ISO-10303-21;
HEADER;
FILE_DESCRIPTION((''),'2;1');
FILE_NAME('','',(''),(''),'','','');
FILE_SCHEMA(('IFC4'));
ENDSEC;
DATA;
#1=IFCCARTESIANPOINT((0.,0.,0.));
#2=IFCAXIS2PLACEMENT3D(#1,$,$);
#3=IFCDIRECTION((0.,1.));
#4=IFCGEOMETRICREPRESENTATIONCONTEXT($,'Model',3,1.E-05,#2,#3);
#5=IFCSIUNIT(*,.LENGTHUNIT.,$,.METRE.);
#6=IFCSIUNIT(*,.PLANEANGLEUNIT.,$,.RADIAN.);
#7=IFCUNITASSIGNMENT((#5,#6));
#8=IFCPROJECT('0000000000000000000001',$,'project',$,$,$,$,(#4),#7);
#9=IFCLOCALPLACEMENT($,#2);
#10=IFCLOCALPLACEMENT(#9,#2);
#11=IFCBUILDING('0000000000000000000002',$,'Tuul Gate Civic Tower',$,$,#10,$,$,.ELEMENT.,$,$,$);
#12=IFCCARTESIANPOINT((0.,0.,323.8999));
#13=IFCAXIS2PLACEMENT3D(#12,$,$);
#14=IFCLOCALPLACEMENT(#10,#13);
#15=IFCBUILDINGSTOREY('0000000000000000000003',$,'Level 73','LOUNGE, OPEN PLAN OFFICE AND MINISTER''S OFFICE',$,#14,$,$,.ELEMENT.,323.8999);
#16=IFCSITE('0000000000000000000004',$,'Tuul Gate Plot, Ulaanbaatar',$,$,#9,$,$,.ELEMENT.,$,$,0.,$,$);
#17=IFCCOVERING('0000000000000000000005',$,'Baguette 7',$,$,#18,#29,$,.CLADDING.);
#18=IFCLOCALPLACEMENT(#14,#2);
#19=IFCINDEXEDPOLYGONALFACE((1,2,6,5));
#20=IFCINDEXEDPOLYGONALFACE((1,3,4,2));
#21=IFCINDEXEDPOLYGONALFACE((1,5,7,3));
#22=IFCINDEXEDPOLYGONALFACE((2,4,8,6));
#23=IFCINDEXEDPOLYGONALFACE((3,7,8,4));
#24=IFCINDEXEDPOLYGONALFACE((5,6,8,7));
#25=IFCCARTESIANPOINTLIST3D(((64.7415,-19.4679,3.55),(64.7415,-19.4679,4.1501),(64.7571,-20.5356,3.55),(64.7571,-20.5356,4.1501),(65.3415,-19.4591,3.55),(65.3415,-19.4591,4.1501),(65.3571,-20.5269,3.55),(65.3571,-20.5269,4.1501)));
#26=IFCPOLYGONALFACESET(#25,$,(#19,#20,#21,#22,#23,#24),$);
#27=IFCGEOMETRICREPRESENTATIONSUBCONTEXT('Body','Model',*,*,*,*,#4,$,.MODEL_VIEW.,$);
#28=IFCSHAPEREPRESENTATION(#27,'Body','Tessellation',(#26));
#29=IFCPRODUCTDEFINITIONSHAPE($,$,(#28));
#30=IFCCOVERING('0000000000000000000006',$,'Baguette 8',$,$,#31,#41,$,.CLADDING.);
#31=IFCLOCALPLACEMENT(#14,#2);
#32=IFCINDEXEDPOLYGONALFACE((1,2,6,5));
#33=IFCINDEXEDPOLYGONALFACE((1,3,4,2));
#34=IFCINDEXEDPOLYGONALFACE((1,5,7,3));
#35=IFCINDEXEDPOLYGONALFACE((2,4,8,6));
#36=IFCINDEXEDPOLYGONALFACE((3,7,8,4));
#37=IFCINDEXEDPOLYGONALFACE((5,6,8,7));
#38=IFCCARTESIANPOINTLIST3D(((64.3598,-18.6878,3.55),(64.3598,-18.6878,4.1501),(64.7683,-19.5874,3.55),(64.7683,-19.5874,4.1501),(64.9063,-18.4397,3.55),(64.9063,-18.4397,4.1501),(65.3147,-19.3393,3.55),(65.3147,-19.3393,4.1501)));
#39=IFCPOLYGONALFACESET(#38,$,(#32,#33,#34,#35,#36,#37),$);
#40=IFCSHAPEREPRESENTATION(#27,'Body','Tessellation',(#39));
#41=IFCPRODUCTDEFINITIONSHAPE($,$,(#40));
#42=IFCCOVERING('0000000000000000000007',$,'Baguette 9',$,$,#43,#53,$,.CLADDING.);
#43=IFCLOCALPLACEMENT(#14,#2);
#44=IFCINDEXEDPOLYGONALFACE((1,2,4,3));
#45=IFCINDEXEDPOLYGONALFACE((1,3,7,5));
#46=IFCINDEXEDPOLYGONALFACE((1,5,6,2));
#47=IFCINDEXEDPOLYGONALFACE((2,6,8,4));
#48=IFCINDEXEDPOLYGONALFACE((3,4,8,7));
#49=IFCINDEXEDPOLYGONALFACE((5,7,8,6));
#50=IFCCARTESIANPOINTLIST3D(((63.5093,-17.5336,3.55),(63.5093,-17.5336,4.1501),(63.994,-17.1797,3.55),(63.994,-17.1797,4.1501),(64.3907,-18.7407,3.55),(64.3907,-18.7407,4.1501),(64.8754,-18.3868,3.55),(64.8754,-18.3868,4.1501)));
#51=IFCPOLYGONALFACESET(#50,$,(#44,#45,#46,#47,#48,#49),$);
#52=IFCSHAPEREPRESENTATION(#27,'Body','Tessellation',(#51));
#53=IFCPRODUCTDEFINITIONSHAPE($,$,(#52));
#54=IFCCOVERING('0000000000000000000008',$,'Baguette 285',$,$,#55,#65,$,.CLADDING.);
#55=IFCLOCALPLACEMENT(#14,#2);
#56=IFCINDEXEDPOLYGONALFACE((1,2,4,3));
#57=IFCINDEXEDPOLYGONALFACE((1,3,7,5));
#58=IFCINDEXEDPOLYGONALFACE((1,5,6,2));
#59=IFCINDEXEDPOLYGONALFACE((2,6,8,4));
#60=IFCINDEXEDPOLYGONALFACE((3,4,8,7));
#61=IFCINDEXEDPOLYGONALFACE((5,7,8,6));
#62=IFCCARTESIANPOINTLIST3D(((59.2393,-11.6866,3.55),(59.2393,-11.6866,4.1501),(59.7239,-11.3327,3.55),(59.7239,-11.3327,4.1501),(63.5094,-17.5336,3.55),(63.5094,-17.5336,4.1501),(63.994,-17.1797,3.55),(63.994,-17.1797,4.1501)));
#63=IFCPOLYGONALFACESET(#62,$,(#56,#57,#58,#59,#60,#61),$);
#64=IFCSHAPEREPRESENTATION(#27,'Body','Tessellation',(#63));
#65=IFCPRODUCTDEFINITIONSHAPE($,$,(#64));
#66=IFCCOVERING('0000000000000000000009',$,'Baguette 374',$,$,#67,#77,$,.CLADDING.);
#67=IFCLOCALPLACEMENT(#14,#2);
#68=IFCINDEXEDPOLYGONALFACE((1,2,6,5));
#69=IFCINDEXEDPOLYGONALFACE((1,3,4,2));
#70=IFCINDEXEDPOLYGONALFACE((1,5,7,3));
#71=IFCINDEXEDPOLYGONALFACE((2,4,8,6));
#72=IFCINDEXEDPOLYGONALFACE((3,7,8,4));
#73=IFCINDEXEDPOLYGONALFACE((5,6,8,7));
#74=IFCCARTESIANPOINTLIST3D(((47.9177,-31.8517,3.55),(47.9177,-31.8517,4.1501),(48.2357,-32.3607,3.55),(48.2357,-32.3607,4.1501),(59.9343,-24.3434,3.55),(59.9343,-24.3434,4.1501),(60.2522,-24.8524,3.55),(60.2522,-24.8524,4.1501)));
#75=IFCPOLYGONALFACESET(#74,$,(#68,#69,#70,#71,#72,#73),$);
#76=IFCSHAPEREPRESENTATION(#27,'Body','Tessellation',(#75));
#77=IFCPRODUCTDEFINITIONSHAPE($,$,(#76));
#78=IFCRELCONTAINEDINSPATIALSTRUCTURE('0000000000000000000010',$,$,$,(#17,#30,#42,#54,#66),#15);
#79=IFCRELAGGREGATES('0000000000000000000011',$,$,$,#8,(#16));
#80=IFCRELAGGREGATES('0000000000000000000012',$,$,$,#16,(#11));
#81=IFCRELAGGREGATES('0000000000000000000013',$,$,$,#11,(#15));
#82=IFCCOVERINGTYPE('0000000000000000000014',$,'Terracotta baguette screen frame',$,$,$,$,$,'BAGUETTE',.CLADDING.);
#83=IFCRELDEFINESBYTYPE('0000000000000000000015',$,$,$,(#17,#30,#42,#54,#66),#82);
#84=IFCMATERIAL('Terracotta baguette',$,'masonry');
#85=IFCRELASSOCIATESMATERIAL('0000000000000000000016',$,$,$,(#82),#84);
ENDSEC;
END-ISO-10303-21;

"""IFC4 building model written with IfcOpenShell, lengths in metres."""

from ifc_helpers import new_model, si_unit, direction, frame, origin, origin_2d, place, context, subcontext, project, spatial, rectangle, extrude, material, material_profile, profile_set, type_object, element, save


model = new_model("IFC4")

# Units and contexts
model_context = context("Model", 3, precision=1e-05, world=origin(), true_north=direction((0.0, 1.0)))
body_context = subcontext(model_context, "Body", "Model", "MODEL_VIEW")
ifc_project = project(units=[si_unit("LENGTHUNIT", "METRE"), si_unit("PLANEANGLEUNIT", "RADIAN")], contexts=[model_context])

# Site, building, storey
site_placement = place(None, origin())
site = spatial("IfcSite", under=ifc_project, at=site_placement, Name="Tuul Gate Plot, Ulaanbaatar", CompositionType="ELEMENT", RefElevation=0.0)
building_placement = place(site_placement, origin())
building = spatial("IfcBuilding", under=site, at=building_placement, Name="Tuul Gate Civic Tower", CompositionType="ELEMENT")
storey_placement = place(building_placement, frame((0.0, 0.0, 323.8999)))
storey = spatial("IfcBuildingStorey", under=building, at=storey_placement, Name="Level 73", Description="LOUNGE, OPEN PLAN OFFICE AND MINISTER'S OFFICE", CompositionType="ELEMENT", Elevation=323.8999)

# Coverings
ifc_material_1 = material(Name="Terracotta baguette", Category="masonry")
ifc_material_profile_1 = material_profile(ifc_material_1, rectangle(XDim=0.6001, YDim=0.6001, at=origin_2d()), Name="Terracotta baguette screen frame")
ifc_profile_set_1 = profile_set([ifc_material_profile_1], Name="Terracotta baguette")
covering_type = type_object("IfcCoveringType", Name="Terracotta baguette screen frame", ElementType="BAGUETTE", PredefinedType="CLADDING", material=ifc_profile_set_1)
covering_1_placement = place(storey_placement, frame((65.0571, -20.5312, 3.8501), z_axis=(-0.01463, 0.999893, 0.0), x_axis=(-0.999893, -0.01463, 0.0)))
element("IfcCovering", 1, at=covering_1_placement, inside=storey, type_object=covering_type, Name="Baguette 7", PredefinedType="CLADDING", context=body_context, shape_type="SweptSolid", body=[
    extrude(rectangle(XDim=0.6001, YDim=0.6001, at=origin_2d()), origin(), (0.0, 0.0, 1.0), 1.0679),
])
covering_2_placement = place(storey_placement, frame((65.0415, -19.4634, 3.8501), z_axis=(-0.413393, 0.910553, 0.0), x_axis=(-0.910553, -0.413393, 0.0)))
element("IfcCovering", 2, at=covering_2_placement, inside=storey, type_object=covering_type, Name="Baguette 8", PredefinedType="CLADDING", context=body_context, shape_type="SweptSolid", body=[
    extrude(rectangle(XDim=0.6001, YDim=0.6001, at=origin_2d()), origin(), (0.0, 0.0, 1.0), 0.988),
])
covering_3_placement = place(storey_placement, frame((64.6331, -18.5637, 3.8501), z_axis=(-0.589705, 0.807619, 0.0), x_axis=(-0.807619, -0.589705, 0.0)))
element("IfcCovering", 3, at=covering_3_placement, inside=storey, type_object=covering_type, Name="Baguette 9", PredefinedType="CLADDING", context=body_context, shape_type="SweptSolid", body=[
    extrude(rectangle(XDim=0.6001, YDim=0.6001, at=origin_2d()), origin(), (0.0, 0.0, 1.0), 1.4946),
])
covering_4_placement = place(storey_placement, frame((63.7517, -17.3567, 3.8501), z_axis=(-0.589771, 0.807571, 0.0), x_axis=(-0.807571, -0.589771, 0.0)))
element("IfcCovering", 4, at=covering_4_placement, inside=storey, type_object=covering_type, Name="Baguette 285", PredefinedType="CLADDING", context=body_context, shape_type="SweptSolid", body=[
    extrude(rectangle(XDim=0.6001, YDim=0.6001, at=origin_2d()), origin(), (0.0, 0.0, 1.0), 7.2402),
])
covering_5_placement = place(storey_placement, frame((48.0767, -32.1062, 3.8501), z_axis=(0.848064, 0.529894, 0.0), x_axis=(-0.529894, 0.848064, 0.0)))
element("IfcCovering", 5, at=covering_5_placement, inside=storey, type_object=covering_type, Name="Baguette 374", PredefinedType="CLADDING", context=body_context, shape_type="SweptSolid", body=[
    extrude(rectangle(XDim=0.6001, YDim=0.6001, at=origin_2d()), origin(), (0.0, 0.0, 1.0), 14.1694),
])

save(model, "model.ifc")
